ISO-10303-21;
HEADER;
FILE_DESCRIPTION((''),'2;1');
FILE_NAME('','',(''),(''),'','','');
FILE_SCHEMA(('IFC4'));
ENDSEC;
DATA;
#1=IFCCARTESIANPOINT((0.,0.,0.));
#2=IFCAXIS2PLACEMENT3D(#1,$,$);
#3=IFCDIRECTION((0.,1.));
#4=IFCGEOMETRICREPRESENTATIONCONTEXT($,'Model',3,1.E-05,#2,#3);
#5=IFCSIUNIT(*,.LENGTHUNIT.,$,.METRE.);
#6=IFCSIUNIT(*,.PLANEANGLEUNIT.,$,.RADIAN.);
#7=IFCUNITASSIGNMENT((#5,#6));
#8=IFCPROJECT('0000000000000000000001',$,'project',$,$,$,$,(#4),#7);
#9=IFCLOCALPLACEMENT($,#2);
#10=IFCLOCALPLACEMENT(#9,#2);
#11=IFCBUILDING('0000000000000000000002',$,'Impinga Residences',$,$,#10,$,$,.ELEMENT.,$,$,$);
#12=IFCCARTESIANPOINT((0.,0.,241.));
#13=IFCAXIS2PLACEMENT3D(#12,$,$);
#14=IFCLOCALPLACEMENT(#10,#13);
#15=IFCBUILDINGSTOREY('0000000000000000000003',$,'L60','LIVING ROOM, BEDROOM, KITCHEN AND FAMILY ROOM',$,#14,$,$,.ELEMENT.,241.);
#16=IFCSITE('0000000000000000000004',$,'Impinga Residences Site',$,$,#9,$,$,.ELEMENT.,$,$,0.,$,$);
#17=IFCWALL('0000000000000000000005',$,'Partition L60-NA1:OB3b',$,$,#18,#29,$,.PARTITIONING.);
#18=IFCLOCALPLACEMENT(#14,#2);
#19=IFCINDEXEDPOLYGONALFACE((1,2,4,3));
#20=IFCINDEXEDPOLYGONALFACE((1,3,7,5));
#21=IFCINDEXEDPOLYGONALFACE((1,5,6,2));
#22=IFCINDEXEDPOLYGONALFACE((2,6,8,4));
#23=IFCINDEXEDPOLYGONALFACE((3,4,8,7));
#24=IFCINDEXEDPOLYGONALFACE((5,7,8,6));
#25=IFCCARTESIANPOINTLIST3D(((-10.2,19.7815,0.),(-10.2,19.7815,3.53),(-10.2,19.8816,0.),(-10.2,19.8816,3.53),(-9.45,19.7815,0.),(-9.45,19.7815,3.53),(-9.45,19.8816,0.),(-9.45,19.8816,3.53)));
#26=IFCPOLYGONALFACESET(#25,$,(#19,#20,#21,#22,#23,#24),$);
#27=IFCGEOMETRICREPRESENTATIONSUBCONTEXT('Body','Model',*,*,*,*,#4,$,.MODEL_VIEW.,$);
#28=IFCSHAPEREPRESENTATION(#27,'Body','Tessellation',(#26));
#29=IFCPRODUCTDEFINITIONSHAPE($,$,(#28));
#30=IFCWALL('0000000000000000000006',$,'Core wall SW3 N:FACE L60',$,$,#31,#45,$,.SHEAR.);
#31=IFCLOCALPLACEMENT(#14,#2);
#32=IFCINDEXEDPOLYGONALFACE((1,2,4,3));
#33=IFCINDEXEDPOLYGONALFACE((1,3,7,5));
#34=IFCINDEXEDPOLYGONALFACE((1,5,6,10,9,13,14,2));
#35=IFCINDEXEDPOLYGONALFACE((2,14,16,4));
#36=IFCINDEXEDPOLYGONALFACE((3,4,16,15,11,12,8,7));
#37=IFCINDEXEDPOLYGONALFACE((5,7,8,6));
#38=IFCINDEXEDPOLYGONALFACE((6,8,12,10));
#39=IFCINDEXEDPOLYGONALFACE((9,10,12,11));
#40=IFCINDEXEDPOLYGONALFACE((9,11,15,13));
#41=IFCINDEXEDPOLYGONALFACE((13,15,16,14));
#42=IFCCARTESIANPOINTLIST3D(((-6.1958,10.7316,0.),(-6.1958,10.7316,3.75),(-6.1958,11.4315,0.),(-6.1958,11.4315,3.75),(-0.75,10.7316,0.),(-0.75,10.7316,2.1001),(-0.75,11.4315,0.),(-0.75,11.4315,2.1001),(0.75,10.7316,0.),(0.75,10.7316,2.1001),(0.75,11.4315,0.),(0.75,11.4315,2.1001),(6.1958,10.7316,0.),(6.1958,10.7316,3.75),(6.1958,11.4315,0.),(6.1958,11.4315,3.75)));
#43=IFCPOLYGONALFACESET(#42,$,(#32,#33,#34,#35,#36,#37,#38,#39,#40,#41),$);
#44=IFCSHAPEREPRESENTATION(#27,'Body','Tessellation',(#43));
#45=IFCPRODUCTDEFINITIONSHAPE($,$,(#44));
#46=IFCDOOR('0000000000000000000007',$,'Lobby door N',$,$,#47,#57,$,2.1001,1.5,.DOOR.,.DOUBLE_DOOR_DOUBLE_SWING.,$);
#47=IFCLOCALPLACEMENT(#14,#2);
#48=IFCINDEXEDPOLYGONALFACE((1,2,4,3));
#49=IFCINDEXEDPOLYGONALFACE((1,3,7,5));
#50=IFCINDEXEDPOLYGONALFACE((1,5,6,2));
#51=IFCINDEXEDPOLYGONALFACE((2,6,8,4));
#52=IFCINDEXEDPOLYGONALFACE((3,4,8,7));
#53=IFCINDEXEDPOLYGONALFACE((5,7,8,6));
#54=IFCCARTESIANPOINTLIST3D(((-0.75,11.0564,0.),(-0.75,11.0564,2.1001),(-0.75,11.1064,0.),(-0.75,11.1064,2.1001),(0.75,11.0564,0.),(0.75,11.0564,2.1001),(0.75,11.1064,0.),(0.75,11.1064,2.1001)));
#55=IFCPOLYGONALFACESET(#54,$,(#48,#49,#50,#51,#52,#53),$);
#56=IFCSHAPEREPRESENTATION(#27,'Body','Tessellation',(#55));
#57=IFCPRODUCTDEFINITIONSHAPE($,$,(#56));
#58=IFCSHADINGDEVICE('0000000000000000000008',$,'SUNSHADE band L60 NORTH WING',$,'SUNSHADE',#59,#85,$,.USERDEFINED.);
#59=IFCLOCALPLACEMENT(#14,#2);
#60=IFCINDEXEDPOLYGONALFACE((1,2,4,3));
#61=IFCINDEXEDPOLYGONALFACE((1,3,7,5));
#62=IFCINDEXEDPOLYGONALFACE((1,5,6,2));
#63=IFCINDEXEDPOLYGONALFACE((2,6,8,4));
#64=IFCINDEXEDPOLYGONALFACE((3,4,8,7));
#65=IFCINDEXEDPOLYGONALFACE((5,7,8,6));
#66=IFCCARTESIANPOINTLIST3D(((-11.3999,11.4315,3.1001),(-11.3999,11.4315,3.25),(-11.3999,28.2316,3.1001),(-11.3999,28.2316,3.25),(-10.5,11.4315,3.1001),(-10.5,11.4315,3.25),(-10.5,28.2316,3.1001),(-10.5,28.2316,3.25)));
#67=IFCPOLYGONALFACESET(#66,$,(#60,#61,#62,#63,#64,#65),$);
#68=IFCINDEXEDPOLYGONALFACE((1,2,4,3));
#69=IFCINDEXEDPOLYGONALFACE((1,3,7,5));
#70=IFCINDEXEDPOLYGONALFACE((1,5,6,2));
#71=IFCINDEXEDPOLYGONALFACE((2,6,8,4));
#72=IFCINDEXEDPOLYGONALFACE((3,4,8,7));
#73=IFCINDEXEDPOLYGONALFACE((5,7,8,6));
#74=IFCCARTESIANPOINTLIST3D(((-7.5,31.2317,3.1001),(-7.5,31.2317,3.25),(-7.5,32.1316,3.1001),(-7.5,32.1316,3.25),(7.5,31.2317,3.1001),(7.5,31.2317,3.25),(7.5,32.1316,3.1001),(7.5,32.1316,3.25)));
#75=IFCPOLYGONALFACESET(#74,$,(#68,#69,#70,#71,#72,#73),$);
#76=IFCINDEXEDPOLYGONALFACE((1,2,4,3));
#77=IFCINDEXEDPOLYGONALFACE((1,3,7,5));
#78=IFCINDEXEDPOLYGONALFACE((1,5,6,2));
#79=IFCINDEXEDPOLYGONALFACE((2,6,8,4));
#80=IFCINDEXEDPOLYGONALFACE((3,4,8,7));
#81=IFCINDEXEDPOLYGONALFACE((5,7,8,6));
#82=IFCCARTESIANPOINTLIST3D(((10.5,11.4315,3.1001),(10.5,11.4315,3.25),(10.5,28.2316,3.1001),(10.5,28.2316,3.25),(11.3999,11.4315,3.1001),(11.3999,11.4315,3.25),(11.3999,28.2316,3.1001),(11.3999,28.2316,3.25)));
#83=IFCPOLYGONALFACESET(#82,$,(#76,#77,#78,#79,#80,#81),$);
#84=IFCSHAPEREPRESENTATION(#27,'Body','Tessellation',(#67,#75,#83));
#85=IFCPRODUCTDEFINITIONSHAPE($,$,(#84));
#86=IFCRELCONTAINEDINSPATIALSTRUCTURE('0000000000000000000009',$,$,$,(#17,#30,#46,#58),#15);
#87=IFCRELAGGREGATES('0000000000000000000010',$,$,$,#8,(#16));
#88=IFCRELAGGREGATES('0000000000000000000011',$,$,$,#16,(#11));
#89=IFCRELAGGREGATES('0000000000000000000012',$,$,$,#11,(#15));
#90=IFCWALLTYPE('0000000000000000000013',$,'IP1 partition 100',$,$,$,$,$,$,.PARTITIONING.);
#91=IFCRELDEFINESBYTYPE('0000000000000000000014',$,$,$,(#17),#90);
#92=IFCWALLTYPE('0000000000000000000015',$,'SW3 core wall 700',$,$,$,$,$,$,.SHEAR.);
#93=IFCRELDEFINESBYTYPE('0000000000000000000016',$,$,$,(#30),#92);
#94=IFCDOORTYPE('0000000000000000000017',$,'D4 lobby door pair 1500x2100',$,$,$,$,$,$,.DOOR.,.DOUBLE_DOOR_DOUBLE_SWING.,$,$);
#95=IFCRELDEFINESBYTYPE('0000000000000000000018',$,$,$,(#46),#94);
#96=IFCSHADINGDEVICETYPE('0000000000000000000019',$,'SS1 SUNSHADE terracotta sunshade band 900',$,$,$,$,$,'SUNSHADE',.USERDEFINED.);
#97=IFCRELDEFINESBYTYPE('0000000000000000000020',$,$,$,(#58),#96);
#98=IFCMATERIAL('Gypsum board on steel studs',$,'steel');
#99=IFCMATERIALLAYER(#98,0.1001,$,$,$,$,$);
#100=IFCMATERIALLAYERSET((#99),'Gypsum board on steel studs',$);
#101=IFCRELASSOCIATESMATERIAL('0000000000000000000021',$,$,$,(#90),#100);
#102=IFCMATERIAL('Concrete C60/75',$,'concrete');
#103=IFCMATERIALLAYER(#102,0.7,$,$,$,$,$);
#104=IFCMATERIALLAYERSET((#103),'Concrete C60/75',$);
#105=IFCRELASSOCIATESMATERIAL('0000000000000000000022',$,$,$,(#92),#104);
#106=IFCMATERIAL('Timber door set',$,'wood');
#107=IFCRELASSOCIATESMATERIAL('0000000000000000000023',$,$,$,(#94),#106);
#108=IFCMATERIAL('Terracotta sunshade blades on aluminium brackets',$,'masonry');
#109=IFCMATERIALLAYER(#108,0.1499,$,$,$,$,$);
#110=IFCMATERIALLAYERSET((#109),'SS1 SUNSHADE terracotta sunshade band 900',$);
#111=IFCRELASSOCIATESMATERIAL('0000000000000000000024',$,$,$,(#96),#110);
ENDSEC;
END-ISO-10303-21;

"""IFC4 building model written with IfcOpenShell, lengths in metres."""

from ifc_helpers import new_model, si_unit, direction, frame, frame_2d, origin, origin_2d, place, context, subcontext, project, spatial, rectangle, extrude, material, layer, layer_set, type_object, element, fill, save


model = new_model("IFC4")

# Units and contexts
model_context = context("Model", 3, precision=1e-05, world=origin(), true_north=direction((0.0, 1.0)))
body_context = subcontext(model_context, "Body", "Model", "MODEL_VIEW")
ifc_project = project(units=[si_unit("LENGTHUNIT", "METRE"), si_unit("PLANEANGLEUNIT", "RADIAN")], contexts=[model_context])

# Site, building, storey
site_placement = place(None, origin())
site = spatial("IfcSite", under=ifc_project, at=site_placement, Name="Impinga Residences Site", CompositionType="ELEMENT", RefElevation=0.0)
building_placement = place(site_placement, origin())
building = spatial("IfcBuilding", under=site, at=building_placement, Name="Impinga Residences", CompositionType="ELEMENT")
storey_placement = place(building_placement, frame((0.0, 0.0, 241.0)))
storey = spatial("IfcBuildingStorey", under=building, at=storey_placement, Name="L60", Description="LIVING ROOM, BEDROOM, KITCHEN AND FAMILY ROOM", CompositionType="ELEMENT", Elevation=241.0)

# Shared definitions
ifc_material_1 = material(Name="Concrete C60/75", Category="concrete")

# Wall
ifc_material_2 = material(Name="Gypsum board on steel studs", Category="steel")
ifc_layer_1 = layer(ifc_material_2, 0.1001)
ifc_layer_set_1 = layer_set([ifc_layer_1], Name="Gypsum board on steel studs")
wall_type_1 = type_object("IfcWallType", Name="IP1 partition 100", PredefinedType="PARTITIONING", material=ifc_layer_set_1)
wall_1_placement = place(storey_placement, frame((-9.45, 19.8315, 0.0), z_axis=(0.0, 0.0, 1.0), x_axis=(-1.0, 0.0, 0.0)))
element("IfcWall", 1, at=wall_1_placement, inside=storey, type_object=wall_type_1, Name="Partition L60-NA1:OB3b", PredefinedType="PARTITIONING", context=body_context, shape_type="SweptSolid", body=[
    extrude(rectangle(XDim=0.75, YDim=0.1001, at=frame_2d((0.375, 0.0))), origin(), (0.0, 0.0, 1.0), 3.53),
])

# Wall, opening, door
ifc_layer_2 = layer(ifc_material_1, 0.7)
ifc_layer_set_2 = layer_set([ifc_layer_2], Name="Concrete C60/75")
wall_type_2 = type_object("IfcWallType", Name="SW3 core wall 700", PredefinedType="SHEAR", material=ifc_layer_set_2)
wall_2_placement = place(storey_placement, frame((-6.1958, 11.0815, 0.0), z_axis=(0.0, 0.0, 1.0), x_axis=(1.0, 0.0, 0.0)))
wall_2 = element("IfcWall", 2, at=wall_2_placement, inside=storey, type_object=wall_type_2, Name="Core wall SW3 N:FACE L60", PredefinedType="SHEAR", context=body_context, shape_type="SweptSolid", body=[
    extrude(rectangle(XDim=12.3916, YDim=0.7, at=frame_2d((6.1958, 0.0))), origin(), (0.0, 0.0, 1.0), 3.75),
])
opening_1_placement = place(wall_2_placement, frame((5.4458, 0.0, 0.0)))
opening_1 = element("IfcOpeningElement", 3, at=opening_1_placement, cuts=wall_2, PredefinedType="OPENING", context=body_context, shape_type="SweptSolid", body=[
    extrude(rectangle(XDim=1.5, YDim=2.1001, at=frame_2d((0.75, 1.05))), frame((0.0, 0.3599, 0.0), z_axis=(0.0, -1.0, 0.0), x_axis=(1.0, 0.0, 0.0)), (0.0, 0.0, 1.0), 0.72),
])
ifc_material_3 = material(Name="Timber door set", Category="wood")
door_type = type_object("IfcDoorType", Name="D4 lobby door pair 1500x2100", OperationType="DOUBLE_DOOR_DOUBLE_SWING", PredefinedType="DOOR", material=ifc_material_3)
door_placement = place(opening_1_placement, origin())
door = element("IfcDoor", 4, at=door_placement, inside=storey, type_object=door_type, Name="Lobby door N", OperationType="DOUBLE_DOOR_DOUBLE_SWING", OverallHeight=2.1001, OverallWidth=1.5, PredefinedType="DOOR", context=body_context, shape_type="SweptSolid", body=[
    extrude(rectangle(XDim=1.5, YDim=2.1001, at=frame_2d((0.75, 1.05))), frame((0.0, 0.0249, 0.0), z_axis=(0.0, -1.0, 0.0), x_axis=(1.0, 0.0, 0.0)), (0.0, 0.0, 1.0), 0.05),
])
fill(opening_1, door)

# Shading device
ifc_material_4 = material(Name="Terracotta sunshade blades on aluminium brackets", Category="masonry")
ifc_layer_3 = layer(ifc_material_4, 0.1499)
ifc_layer_set_3 = layer_set([ifc_layer_3], Name="SS1 SUNSHADE terracotta sunshade band 900")
shading_device_type = type_object("IfcShadingDeviceType", Name="SS1 SUNSHADE terracotta sunshade band 900", ElementType="SUNSHADE", PredefinedType="USERDEFINED", material=ifc_layer_set_3)
shading_device_placement = place(storey_placement, frame((-10.95, 19.8315, 3.1001), z_axis=(0.0, 0.0, 1.0), x_axis=(0.0, 1.0, 0.0)))
element("IfcShadingDevice", 5, at=shading_device_placement, inside=storey, type_object=shading_device_type, Name="SUNSHADE band L60 NORTH WING", ObjectType="SUNSHADE", PredefinedType="USERDEFINED", context=body_context, shape_type="SweptSolid", body=[
    extrude(rectangle(XDim=16.8, YDim=0.8999, at=origin_2d()), origin(), (0.0, 0.0, 1.0), 0.1499),
    extrude(rectangle(XDim=15.0, YDim=0.8999, at=origin_2d()), frame((11.8501, -10.95, 0.0), z_axis=(0.0, 0.0, 1.0), x_axis=(0.0, -1.0, 0.0)), (0.0, 0.0, 1.0), 0.1499),
    extrude(rectangle(XDim=16.8, YDim=0.8999, at=origin_2d()), frame((0.0, -21.8999, 0.0), z_axis=(0.0, 0.0, 1.0), x_axis=(-1.0, 0.0, 0.0)), (0.0, 0.0, 1.0), 0.1499),
])

save(model, "model.ifc")
